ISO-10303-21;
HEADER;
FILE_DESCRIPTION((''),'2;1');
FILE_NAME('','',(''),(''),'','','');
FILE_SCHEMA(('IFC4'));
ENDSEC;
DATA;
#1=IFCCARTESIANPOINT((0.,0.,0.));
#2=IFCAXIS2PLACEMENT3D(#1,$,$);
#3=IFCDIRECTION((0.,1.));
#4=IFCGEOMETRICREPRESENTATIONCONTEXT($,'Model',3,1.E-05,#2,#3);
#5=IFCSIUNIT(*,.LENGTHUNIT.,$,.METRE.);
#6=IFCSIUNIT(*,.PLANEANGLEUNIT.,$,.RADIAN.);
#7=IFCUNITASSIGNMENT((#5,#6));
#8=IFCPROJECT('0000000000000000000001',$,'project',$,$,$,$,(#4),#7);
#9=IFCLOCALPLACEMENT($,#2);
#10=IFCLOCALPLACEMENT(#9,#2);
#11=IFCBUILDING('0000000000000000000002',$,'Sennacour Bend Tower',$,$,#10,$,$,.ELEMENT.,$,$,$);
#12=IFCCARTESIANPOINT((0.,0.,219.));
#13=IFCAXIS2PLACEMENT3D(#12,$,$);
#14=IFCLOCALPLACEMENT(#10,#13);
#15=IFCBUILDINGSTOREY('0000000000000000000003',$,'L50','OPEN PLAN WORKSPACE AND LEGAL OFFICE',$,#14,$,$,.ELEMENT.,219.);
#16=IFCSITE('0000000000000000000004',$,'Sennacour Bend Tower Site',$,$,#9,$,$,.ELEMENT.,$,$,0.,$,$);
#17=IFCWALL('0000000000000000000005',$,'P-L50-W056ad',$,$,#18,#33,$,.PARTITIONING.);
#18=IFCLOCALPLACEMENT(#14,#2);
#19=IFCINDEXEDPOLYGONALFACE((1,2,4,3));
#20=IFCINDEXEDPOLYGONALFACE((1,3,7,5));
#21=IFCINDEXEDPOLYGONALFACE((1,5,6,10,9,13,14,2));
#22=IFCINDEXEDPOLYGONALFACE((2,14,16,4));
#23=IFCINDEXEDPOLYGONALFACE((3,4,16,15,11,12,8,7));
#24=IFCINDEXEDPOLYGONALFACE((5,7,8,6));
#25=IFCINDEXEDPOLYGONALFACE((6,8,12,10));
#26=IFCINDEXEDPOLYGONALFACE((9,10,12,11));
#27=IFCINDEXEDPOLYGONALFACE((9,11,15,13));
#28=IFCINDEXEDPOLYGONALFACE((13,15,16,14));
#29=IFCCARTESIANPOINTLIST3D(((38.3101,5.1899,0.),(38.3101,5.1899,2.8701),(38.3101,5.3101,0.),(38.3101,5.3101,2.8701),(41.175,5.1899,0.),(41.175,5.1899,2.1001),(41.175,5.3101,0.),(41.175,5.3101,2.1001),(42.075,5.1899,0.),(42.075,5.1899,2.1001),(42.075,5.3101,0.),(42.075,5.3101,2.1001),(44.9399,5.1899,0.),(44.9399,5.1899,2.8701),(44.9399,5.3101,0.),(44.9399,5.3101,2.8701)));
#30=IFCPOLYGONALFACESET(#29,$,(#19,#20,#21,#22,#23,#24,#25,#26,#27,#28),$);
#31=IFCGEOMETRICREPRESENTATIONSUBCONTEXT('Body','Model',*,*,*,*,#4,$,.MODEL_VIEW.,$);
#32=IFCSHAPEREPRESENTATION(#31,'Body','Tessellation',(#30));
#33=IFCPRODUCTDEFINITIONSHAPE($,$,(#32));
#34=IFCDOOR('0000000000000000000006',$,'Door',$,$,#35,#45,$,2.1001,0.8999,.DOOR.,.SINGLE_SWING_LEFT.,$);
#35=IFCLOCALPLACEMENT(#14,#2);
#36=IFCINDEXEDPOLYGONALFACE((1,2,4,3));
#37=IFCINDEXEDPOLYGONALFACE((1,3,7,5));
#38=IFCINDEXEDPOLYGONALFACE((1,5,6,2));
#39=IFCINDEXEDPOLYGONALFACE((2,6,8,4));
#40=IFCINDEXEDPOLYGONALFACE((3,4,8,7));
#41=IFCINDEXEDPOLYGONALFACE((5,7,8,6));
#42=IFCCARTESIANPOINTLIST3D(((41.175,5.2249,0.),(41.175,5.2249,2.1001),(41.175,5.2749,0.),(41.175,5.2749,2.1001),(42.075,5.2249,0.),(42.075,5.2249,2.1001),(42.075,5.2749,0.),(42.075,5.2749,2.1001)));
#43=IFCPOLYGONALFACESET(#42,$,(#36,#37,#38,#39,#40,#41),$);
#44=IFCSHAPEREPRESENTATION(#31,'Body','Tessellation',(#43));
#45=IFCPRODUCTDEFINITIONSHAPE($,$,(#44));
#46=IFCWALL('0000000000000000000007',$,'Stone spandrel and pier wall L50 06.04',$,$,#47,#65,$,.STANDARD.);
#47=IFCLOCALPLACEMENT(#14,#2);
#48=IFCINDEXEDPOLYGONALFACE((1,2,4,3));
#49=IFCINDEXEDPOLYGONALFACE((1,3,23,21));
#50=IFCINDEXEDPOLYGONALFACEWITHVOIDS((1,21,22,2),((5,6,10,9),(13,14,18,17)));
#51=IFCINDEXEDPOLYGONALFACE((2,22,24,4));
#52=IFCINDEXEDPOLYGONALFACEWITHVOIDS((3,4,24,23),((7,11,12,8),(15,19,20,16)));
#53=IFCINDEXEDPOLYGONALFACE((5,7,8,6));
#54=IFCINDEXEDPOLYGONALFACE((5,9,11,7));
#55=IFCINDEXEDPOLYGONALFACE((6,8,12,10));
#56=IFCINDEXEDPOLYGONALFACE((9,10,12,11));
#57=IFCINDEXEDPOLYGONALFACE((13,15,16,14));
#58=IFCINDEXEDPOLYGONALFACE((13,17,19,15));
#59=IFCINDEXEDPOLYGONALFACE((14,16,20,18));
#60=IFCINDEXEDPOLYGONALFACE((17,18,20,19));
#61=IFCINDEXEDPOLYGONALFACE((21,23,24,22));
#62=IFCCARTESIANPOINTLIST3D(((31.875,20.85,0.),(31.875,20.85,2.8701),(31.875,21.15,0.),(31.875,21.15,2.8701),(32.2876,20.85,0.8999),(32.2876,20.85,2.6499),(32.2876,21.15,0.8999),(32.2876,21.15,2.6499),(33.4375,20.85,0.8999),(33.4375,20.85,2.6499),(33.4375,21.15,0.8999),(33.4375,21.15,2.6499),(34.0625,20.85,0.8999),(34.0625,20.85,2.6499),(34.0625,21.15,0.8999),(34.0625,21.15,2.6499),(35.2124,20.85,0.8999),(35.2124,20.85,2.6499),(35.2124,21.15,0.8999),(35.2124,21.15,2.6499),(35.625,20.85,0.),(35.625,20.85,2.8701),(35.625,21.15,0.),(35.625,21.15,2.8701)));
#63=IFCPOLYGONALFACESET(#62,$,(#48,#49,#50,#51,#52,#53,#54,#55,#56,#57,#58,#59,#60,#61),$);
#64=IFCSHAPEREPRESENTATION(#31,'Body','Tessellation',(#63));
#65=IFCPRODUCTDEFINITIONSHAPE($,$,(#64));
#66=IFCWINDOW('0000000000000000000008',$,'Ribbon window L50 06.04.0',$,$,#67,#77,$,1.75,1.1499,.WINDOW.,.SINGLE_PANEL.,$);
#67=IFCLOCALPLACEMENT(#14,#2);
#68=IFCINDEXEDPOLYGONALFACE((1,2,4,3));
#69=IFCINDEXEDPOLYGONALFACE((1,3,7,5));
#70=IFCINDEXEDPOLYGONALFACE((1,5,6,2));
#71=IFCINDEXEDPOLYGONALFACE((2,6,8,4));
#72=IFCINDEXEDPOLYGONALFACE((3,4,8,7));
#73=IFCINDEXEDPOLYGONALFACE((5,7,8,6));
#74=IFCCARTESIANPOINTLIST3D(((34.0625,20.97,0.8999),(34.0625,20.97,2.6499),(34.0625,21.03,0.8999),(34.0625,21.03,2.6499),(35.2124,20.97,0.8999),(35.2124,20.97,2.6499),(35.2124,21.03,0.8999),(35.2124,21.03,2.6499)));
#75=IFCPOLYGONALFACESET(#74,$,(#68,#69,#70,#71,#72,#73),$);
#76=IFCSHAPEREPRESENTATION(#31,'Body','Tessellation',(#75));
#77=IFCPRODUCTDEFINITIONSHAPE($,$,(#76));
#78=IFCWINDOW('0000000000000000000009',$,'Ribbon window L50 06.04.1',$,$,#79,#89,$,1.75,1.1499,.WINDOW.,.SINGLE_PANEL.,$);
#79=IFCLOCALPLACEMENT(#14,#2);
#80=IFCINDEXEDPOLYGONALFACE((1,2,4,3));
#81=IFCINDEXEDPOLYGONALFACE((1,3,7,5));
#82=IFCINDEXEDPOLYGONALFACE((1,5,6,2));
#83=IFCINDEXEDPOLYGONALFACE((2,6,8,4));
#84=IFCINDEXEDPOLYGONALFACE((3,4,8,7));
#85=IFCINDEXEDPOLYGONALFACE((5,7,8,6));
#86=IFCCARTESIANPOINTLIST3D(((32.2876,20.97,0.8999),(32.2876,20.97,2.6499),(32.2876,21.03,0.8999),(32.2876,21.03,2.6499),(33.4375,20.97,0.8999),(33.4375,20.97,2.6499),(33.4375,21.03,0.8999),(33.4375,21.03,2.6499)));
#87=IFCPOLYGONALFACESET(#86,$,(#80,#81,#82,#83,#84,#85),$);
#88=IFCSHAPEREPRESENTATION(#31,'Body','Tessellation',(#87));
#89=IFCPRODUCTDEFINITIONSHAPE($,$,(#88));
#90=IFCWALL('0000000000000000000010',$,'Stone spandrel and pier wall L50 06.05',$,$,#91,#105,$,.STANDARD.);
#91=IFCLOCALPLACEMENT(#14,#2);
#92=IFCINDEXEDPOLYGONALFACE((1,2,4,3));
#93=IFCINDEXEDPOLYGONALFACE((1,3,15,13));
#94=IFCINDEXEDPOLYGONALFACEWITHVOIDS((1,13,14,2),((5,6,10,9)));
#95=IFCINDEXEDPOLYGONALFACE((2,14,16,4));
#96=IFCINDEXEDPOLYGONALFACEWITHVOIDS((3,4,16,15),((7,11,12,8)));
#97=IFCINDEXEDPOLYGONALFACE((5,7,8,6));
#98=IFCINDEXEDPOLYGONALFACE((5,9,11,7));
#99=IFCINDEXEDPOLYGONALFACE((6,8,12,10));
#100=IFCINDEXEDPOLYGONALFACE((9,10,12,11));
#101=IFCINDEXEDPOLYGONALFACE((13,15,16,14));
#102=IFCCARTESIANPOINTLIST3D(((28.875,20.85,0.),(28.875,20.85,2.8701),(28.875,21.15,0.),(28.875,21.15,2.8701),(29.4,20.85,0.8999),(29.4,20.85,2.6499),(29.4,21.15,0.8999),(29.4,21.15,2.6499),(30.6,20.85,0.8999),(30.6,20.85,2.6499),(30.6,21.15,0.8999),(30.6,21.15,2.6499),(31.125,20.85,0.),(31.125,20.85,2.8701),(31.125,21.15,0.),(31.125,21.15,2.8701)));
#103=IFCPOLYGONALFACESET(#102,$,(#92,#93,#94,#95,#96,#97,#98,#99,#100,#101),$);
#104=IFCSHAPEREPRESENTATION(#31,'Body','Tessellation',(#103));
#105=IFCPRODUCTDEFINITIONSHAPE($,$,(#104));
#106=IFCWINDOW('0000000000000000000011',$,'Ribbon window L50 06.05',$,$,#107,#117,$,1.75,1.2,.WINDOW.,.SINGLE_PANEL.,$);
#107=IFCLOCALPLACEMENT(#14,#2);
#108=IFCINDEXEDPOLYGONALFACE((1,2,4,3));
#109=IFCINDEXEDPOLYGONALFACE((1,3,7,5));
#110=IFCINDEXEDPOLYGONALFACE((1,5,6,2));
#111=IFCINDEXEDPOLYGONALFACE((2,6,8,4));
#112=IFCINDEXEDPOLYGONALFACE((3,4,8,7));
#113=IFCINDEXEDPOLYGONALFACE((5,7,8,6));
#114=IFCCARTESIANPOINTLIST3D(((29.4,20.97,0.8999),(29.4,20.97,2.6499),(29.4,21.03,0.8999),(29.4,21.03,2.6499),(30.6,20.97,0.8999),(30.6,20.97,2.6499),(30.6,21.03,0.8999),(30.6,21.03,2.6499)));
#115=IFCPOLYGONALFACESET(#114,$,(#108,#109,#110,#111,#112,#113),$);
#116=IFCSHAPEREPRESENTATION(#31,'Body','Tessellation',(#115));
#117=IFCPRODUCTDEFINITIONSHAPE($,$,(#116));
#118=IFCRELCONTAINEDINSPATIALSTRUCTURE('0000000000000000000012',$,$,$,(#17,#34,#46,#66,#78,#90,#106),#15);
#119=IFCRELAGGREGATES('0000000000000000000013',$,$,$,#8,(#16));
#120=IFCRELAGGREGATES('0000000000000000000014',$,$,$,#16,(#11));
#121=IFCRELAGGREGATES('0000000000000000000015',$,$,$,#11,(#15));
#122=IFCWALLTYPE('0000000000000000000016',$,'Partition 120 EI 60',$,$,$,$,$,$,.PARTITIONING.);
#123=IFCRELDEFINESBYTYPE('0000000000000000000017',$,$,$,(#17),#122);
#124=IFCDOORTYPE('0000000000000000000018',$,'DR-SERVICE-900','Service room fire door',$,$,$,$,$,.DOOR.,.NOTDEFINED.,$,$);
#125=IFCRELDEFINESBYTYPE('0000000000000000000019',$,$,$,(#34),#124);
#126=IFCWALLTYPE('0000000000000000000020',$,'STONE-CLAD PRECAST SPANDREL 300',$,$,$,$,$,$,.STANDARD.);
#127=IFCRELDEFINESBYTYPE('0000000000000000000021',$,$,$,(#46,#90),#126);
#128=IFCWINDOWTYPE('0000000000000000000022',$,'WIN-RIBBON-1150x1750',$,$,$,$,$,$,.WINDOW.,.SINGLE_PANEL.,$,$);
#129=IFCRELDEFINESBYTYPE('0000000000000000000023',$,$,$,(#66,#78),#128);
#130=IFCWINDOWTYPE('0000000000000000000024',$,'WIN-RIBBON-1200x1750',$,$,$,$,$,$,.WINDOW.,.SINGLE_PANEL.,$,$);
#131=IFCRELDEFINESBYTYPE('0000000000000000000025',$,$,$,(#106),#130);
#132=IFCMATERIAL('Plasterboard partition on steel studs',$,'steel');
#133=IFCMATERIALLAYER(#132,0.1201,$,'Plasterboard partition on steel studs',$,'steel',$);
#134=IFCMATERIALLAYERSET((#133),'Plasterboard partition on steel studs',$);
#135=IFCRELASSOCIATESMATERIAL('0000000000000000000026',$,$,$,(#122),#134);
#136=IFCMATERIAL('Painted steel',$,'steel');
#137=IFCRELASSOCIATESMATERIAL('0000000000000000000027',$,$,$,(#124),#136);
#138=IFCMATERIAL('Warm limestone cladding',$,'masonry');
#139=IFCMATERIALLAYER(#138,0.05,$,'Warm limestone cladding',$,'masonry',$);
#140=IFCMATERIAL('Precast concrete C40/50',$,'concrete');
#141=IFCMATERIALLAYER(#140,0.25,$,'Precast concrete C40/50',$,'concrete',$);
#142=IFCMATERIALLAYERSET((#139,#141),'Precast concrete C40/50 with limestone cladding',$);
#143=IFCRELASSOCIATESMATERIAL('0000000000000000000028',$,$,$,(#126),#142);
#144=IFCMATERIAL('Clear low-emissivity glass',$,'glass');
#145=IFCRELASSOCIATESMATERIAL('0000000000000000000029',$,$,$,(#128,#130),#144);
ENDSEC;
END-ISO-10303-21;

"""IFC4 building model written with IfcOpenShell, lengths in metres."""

from ifc_helpers import new_model, si_unit, direction, frame, frame_2d, origin, place, context, subcontext, project, spatial, rectangle, extrude, material, layer, layer_set, type_object, element, fill, save


model = new_model("IFC4")

# Units and contexts
model_context = context("Model", 3, precision=1e-05, world=origin(), true_north=direction((0.0, 1.0)))
body_context = subcontext(model_context, "Body", "Model", "MODEL_VIEW")
ifc_project = project(units=[si_unit("LENGTHUNIT", "METRE"), si_unit("PLANEANGLEUNIT", "RADIAN")], contexts=[model_context])

# Site, building, storey
site_placement = place(None, origin())
site = spatial("IfcSite", under=ifc_project, at=site_placement, Name="Sennacour Bend Tower Site", CompositionType="ELEMENT", RefElevation=0.0)
building_placement = place(site_placement, origin())
building = spatial("IfcBuilding", under=site, at=building_placement, Name="Sennacour Bend Tower", CompositionType="ELEMENT")
storey_placement = place(building_placement, frame((0.0, 0.0, 219.0)))
storey = spatial("IfcBuildingStorey", under=building, at=storey_placement, Name="L50", Description="OPEN PLAN WORKSPACE AND LEGAL OFFICE", CompositionType="ELEMENT", Elevation=219.0)

# Shared definitions
ifc_material_1 = material(Name="Plasterboard partition on steel studs", Category="steel")

# Wall, opening, door
ifc_layer_1 = layer(ifc_material_1, 0.1201, Name="Plasterboard partition on steel studs", Category="steel")
ifc_layer_set_1 = layer_set([ifc_layer_1], Name="Plasterboard partition on steel studs")
wall_type_1 = type_object("IfcWallType", Name="Partition 120 EI 60", PredefinedType="PARTITIONING", material=ifc_layer_set_1)
wall_1_placement = place(storey_placement, frame((38.3101, 5.25, 0.0), z_axis=(0.0, 0.0, 1.0), x_axis=(1.0, 0.0, 0.0)))
wall_1 = element("IfcWall", 1, at=wall_1_placement, inside=storey, type_object=wall_type_1, Name="P-L50-W056ad", PredefinedType="PARTITIONING", context=body_context, shape_type="SweptSolid", body=[
    extrude(rectangle(XDim=6.6299, YDim=0.1201, at=frame_2d((3.3149, 0.0))), origin(), (0.0, 0.0, 1.0), 2.8701),
])
opening_1_placement = place(wall_1_placement, frame((2.865, 0.0, 0.0)))
opening_1 = element("IfcOpeningElement", 2, at=opening_1_placement, cuts=wall_1, PredefinedType="OPENING", context=body_context, shape_type="SweptSolid", body=[
    extrude(rectangle(XDim=0.8999, YDim=2.1001, at=frame_2d((0.45, 1.05))), frame((0.0, 0.0701, 0.0), z_axis=(0.0, -1.0, 0.0), x_axis=(1.0, 0.0, 0.0)), (0.0, 0.0, 1.0), 0.1401),
])
ifc_material_2 = material(Name="Painted steel", Category="steel")
door_type_1 = type_object("IfcDoorType", Name="DR-SERVICE-900", Description="Service room fire door", OperationType="NOTDEFINED", PredefinedType="DOOR", material=ifc_material_2)
door_1_placement = place(opening_1_placement, origin())
door_1 = element("IfcDoor", 3, at=door_1_placement, inside=storey, type_object=door_type_1, Name="Door", OperationType="SINGLE_SWING_LEFT", OverallHeight=2.1001, OverallWidth=0.8999, PredefinedType="DOOR", context=body_context, shape_type="SweptSolid", body=[
    extrude(rectangle(XDim=0.8999, YDim=2.1001, at=frame_2d((0.45, 1.05))), frame((0.0, 0.0249, 0.0), z_axis=(0.0, -1.0, 0.0), x_axis=(1.0, 0.0, 0.0)), (0.0, 0.0, 1.0), 0.05),
])
fill(opening_1, door_1)

# Wall, openings, windows
ifc_material_3 = material(Name="Warm limestone cladding", Category="masonry")
ifc_layer_2 = layer(ifc_material_3, 0.05, Name="Warm limestone cladding", Category="masonry")
ifc_material_4 = material(Name="Precast concrete C40/50", Category="concrete")
ifc_layer_3 = layer(ifc_material_4, 0.25, Name="Precast concrete C40/50", Category="concrete")
ifc_layer_set_2 = layer_set([ifc_layer_2, ifc_layer_3], Name="Precast concrete C40/50 with limestone cladding")
wall_type_2 = type_object("IfcWallType", Name="STONE-CLAD PRECAST SPANDREL 300", PredefinedType="STANDARD", material=ifc_layer_set_2)
wall_2_placement = place(storey_placement, frame((35.625, 21.0, 0.0), z_axis=(0.0, 0.0, 1.0), x_axis=(-1.0, 0.0, 0.0)))
wall_2 = element("IfcWall", 4, at=wall_2_placement, inside=storey, type_object=wall_type_2, Name="Stone spandrel and pier wall L50 06.04", PredefinedType="STANDARD", context=body_context, shape_type="SweptSolid", body=[
    extrude(rectangle(XDim=3.75, YDim=0.3, at=frame_2d((1.875, 0.0))), origin(), (0.0, 0.0, 1.0), 2.8701),
])
opening_2_placement = place(wall_2_placement, frame((0.4126, 0.0, 0.8999)))
opening_2 = element("IfcOpeningElement", 5, at=opening_2_placement, cuts=wall_2, PredefinedType="OPENING", context=body_context, shape_type="SweptSolid", body=[
    extrude(rectangle(XDim=1.1499, YDim=1.75, at=frame_2d((0.575, 0.875))), frame((0.0, 0.1602, 0.0), z_axis=(0.0, -1.0, 0.0), x_axis=(1.0, 0.0, 0.0)), (0.0, 0.0, 1.0), 0.3201),
])
opening_3_placement = place(wall_2_placement, frame((2.1875, 0.0, 0.8999)))
opening_3 = element("IfcOpeningElement", 6, at=opening_3_placement, cuts=wall_2, PredefinedType="OPENING", context=body_context, shape_type="SweptSolid", body=[
    extrude(rectangle(XDim=1.1499, YDim=1.75, at=frame_2d((0.575, 0.875))), frame((0.0, 0.1602, 0.0), z_axis=(0.0, -1.0, 0.0), x_axis=(1.0, 0.0, 0.0)), (0.0, 0.0, 1.0), 0.3201),
])
ifc_material_5 = material(Name="Clear low-emissivity glass", Category="glass")
window_type_1 = type_object("IfcWindowType", Name="WIN-RIBBON-1150x1750", PartitioningType="SINGLE_PANEL", PredefinedType="WINDOW", material=ifc_material_5)
window_1_placement = place(opening_2_placement, origin())
window_1 = element("IfcWindow", 7, at=window_1_placement, inside=storey, type_object=window_type_1, Name="Ribbon window L50 06.04.0", OverallHeight=1.75, OverallWidth=1.1499, PartitioningType="SINGLE_PANEL", PredefinedType="WINDOW", context=body_context, shape_type="SweptSolid", body=[
    extrude(rectangle(XDim=1.1499, YDim=1.75, at=frame_2d((0.575, 0.875))), frame((0.0, 0.03, 0.0), z_axis=(0.0, -1.0, 0.0), x_axis=(1.0, 0.0, 0.0)), (0.0, 0.0, 1.0), 0.0601),
])
fill(opening_2, window_1)
window_2_placement = place(opening_3_placement, origin())
window_2 = element("IfcWindow", 8, at=window_2_placement, inside=storey, type_object=window_type_1, Name="Ribbon window L50 06.04.1", OverallHeight=1.75, OverallWidth=1.1499, PartitioningType="SINGLE_PANEL", PredefinedType="WINDOW", context=body_context, shape_type="SweptSolid", body=[
    extrude(rectangle(XDim=1.1499, YDim=1.75, at=frame_2d((0.575, 0.875))), frame((0.0, 0.03, 0.0), z_axis=(0.0, -1.0, 0.0), x_axis=(1.0, 0.0, 0.0)), (0.0, 0.0, 1.0), 0.0601),
])
fill(opening_3, window_2)

# Wall, opening, window
wall_3_placement = place(storey_placement, frame((31.125, 21.0, 0.0), z_axis=(0.0, 0.0, 1.0), x_axis=(-1.0, 0.0, 0.0)))
wall_3 = element("IfcWall", 9, at=wall_3_placement, inside=storey, type_object=wall_type_2, Name="Stone spandrel and pier wall L50 06.05", PredefinedType="STANDARD", context=body_context, shape_type="SweptSolid", body=[
    extrude(rectangle(XDim=2.25, YDim=0.3, at=frame_2d((1.125, 0.0))), origin(), (0.0, 0.0, 1.0), 2.8701),
])
opening_4_placement = place(wall_3_placement, frame((0.5249, 0.0, 0.8999)))
opening_4 = element("IfcOpeningElement", 10, at=opening_4_placement, cuts=wall_3, PredefinedType="OPENING", context=body_context, shape_type="SweptSolid", body=[
    extrude(rectangle(XDim=1.2, YDim=1.75, at=frame_2d((0.6001, 0.875))), frame((0.0, 0.1602, 0.0), z_axis=(0.0, -1.0, 0.0), x_axis=(1.0, 0.0, 0.0)), (0.0, 0.0, 1.0), 0.3201),
])
window_type_2 = type_object("IfcWindowType", Name="WIN-RIBBON-1200x1750", PartitioningType="SINGLE_PANEL", PredefinedType="WINDOW", material=ifc_material_5)
window_3_placement = place(opening_4_placement, origin())
window_3 = element("IfcWindow", 11, at=window_3_placement, inside=storey, type_object=window_type_2, Name="Ribbon window L50 06.05", OverallHeight=1.75, OverallWidth=1.2, PartitioningType="SINGLE_PANEL", PredefinedType="WINDOW", context=body_context, shape_type="SweptSolid", body=[
    extrude(rectangle(XDim=1.2, YDim=1.75, at=frame_2d((0.6001, 0.875))), frame((0.0, 0.03, 0.0), z_axis=(0.0, -1.0, 0.0), x_axis=(1.0, 0.0, 0.0)), (0.0, 0.0, 1.0), 0.0601),
])
fill(opening_4, window_3)

save(model, "model.ifc")
